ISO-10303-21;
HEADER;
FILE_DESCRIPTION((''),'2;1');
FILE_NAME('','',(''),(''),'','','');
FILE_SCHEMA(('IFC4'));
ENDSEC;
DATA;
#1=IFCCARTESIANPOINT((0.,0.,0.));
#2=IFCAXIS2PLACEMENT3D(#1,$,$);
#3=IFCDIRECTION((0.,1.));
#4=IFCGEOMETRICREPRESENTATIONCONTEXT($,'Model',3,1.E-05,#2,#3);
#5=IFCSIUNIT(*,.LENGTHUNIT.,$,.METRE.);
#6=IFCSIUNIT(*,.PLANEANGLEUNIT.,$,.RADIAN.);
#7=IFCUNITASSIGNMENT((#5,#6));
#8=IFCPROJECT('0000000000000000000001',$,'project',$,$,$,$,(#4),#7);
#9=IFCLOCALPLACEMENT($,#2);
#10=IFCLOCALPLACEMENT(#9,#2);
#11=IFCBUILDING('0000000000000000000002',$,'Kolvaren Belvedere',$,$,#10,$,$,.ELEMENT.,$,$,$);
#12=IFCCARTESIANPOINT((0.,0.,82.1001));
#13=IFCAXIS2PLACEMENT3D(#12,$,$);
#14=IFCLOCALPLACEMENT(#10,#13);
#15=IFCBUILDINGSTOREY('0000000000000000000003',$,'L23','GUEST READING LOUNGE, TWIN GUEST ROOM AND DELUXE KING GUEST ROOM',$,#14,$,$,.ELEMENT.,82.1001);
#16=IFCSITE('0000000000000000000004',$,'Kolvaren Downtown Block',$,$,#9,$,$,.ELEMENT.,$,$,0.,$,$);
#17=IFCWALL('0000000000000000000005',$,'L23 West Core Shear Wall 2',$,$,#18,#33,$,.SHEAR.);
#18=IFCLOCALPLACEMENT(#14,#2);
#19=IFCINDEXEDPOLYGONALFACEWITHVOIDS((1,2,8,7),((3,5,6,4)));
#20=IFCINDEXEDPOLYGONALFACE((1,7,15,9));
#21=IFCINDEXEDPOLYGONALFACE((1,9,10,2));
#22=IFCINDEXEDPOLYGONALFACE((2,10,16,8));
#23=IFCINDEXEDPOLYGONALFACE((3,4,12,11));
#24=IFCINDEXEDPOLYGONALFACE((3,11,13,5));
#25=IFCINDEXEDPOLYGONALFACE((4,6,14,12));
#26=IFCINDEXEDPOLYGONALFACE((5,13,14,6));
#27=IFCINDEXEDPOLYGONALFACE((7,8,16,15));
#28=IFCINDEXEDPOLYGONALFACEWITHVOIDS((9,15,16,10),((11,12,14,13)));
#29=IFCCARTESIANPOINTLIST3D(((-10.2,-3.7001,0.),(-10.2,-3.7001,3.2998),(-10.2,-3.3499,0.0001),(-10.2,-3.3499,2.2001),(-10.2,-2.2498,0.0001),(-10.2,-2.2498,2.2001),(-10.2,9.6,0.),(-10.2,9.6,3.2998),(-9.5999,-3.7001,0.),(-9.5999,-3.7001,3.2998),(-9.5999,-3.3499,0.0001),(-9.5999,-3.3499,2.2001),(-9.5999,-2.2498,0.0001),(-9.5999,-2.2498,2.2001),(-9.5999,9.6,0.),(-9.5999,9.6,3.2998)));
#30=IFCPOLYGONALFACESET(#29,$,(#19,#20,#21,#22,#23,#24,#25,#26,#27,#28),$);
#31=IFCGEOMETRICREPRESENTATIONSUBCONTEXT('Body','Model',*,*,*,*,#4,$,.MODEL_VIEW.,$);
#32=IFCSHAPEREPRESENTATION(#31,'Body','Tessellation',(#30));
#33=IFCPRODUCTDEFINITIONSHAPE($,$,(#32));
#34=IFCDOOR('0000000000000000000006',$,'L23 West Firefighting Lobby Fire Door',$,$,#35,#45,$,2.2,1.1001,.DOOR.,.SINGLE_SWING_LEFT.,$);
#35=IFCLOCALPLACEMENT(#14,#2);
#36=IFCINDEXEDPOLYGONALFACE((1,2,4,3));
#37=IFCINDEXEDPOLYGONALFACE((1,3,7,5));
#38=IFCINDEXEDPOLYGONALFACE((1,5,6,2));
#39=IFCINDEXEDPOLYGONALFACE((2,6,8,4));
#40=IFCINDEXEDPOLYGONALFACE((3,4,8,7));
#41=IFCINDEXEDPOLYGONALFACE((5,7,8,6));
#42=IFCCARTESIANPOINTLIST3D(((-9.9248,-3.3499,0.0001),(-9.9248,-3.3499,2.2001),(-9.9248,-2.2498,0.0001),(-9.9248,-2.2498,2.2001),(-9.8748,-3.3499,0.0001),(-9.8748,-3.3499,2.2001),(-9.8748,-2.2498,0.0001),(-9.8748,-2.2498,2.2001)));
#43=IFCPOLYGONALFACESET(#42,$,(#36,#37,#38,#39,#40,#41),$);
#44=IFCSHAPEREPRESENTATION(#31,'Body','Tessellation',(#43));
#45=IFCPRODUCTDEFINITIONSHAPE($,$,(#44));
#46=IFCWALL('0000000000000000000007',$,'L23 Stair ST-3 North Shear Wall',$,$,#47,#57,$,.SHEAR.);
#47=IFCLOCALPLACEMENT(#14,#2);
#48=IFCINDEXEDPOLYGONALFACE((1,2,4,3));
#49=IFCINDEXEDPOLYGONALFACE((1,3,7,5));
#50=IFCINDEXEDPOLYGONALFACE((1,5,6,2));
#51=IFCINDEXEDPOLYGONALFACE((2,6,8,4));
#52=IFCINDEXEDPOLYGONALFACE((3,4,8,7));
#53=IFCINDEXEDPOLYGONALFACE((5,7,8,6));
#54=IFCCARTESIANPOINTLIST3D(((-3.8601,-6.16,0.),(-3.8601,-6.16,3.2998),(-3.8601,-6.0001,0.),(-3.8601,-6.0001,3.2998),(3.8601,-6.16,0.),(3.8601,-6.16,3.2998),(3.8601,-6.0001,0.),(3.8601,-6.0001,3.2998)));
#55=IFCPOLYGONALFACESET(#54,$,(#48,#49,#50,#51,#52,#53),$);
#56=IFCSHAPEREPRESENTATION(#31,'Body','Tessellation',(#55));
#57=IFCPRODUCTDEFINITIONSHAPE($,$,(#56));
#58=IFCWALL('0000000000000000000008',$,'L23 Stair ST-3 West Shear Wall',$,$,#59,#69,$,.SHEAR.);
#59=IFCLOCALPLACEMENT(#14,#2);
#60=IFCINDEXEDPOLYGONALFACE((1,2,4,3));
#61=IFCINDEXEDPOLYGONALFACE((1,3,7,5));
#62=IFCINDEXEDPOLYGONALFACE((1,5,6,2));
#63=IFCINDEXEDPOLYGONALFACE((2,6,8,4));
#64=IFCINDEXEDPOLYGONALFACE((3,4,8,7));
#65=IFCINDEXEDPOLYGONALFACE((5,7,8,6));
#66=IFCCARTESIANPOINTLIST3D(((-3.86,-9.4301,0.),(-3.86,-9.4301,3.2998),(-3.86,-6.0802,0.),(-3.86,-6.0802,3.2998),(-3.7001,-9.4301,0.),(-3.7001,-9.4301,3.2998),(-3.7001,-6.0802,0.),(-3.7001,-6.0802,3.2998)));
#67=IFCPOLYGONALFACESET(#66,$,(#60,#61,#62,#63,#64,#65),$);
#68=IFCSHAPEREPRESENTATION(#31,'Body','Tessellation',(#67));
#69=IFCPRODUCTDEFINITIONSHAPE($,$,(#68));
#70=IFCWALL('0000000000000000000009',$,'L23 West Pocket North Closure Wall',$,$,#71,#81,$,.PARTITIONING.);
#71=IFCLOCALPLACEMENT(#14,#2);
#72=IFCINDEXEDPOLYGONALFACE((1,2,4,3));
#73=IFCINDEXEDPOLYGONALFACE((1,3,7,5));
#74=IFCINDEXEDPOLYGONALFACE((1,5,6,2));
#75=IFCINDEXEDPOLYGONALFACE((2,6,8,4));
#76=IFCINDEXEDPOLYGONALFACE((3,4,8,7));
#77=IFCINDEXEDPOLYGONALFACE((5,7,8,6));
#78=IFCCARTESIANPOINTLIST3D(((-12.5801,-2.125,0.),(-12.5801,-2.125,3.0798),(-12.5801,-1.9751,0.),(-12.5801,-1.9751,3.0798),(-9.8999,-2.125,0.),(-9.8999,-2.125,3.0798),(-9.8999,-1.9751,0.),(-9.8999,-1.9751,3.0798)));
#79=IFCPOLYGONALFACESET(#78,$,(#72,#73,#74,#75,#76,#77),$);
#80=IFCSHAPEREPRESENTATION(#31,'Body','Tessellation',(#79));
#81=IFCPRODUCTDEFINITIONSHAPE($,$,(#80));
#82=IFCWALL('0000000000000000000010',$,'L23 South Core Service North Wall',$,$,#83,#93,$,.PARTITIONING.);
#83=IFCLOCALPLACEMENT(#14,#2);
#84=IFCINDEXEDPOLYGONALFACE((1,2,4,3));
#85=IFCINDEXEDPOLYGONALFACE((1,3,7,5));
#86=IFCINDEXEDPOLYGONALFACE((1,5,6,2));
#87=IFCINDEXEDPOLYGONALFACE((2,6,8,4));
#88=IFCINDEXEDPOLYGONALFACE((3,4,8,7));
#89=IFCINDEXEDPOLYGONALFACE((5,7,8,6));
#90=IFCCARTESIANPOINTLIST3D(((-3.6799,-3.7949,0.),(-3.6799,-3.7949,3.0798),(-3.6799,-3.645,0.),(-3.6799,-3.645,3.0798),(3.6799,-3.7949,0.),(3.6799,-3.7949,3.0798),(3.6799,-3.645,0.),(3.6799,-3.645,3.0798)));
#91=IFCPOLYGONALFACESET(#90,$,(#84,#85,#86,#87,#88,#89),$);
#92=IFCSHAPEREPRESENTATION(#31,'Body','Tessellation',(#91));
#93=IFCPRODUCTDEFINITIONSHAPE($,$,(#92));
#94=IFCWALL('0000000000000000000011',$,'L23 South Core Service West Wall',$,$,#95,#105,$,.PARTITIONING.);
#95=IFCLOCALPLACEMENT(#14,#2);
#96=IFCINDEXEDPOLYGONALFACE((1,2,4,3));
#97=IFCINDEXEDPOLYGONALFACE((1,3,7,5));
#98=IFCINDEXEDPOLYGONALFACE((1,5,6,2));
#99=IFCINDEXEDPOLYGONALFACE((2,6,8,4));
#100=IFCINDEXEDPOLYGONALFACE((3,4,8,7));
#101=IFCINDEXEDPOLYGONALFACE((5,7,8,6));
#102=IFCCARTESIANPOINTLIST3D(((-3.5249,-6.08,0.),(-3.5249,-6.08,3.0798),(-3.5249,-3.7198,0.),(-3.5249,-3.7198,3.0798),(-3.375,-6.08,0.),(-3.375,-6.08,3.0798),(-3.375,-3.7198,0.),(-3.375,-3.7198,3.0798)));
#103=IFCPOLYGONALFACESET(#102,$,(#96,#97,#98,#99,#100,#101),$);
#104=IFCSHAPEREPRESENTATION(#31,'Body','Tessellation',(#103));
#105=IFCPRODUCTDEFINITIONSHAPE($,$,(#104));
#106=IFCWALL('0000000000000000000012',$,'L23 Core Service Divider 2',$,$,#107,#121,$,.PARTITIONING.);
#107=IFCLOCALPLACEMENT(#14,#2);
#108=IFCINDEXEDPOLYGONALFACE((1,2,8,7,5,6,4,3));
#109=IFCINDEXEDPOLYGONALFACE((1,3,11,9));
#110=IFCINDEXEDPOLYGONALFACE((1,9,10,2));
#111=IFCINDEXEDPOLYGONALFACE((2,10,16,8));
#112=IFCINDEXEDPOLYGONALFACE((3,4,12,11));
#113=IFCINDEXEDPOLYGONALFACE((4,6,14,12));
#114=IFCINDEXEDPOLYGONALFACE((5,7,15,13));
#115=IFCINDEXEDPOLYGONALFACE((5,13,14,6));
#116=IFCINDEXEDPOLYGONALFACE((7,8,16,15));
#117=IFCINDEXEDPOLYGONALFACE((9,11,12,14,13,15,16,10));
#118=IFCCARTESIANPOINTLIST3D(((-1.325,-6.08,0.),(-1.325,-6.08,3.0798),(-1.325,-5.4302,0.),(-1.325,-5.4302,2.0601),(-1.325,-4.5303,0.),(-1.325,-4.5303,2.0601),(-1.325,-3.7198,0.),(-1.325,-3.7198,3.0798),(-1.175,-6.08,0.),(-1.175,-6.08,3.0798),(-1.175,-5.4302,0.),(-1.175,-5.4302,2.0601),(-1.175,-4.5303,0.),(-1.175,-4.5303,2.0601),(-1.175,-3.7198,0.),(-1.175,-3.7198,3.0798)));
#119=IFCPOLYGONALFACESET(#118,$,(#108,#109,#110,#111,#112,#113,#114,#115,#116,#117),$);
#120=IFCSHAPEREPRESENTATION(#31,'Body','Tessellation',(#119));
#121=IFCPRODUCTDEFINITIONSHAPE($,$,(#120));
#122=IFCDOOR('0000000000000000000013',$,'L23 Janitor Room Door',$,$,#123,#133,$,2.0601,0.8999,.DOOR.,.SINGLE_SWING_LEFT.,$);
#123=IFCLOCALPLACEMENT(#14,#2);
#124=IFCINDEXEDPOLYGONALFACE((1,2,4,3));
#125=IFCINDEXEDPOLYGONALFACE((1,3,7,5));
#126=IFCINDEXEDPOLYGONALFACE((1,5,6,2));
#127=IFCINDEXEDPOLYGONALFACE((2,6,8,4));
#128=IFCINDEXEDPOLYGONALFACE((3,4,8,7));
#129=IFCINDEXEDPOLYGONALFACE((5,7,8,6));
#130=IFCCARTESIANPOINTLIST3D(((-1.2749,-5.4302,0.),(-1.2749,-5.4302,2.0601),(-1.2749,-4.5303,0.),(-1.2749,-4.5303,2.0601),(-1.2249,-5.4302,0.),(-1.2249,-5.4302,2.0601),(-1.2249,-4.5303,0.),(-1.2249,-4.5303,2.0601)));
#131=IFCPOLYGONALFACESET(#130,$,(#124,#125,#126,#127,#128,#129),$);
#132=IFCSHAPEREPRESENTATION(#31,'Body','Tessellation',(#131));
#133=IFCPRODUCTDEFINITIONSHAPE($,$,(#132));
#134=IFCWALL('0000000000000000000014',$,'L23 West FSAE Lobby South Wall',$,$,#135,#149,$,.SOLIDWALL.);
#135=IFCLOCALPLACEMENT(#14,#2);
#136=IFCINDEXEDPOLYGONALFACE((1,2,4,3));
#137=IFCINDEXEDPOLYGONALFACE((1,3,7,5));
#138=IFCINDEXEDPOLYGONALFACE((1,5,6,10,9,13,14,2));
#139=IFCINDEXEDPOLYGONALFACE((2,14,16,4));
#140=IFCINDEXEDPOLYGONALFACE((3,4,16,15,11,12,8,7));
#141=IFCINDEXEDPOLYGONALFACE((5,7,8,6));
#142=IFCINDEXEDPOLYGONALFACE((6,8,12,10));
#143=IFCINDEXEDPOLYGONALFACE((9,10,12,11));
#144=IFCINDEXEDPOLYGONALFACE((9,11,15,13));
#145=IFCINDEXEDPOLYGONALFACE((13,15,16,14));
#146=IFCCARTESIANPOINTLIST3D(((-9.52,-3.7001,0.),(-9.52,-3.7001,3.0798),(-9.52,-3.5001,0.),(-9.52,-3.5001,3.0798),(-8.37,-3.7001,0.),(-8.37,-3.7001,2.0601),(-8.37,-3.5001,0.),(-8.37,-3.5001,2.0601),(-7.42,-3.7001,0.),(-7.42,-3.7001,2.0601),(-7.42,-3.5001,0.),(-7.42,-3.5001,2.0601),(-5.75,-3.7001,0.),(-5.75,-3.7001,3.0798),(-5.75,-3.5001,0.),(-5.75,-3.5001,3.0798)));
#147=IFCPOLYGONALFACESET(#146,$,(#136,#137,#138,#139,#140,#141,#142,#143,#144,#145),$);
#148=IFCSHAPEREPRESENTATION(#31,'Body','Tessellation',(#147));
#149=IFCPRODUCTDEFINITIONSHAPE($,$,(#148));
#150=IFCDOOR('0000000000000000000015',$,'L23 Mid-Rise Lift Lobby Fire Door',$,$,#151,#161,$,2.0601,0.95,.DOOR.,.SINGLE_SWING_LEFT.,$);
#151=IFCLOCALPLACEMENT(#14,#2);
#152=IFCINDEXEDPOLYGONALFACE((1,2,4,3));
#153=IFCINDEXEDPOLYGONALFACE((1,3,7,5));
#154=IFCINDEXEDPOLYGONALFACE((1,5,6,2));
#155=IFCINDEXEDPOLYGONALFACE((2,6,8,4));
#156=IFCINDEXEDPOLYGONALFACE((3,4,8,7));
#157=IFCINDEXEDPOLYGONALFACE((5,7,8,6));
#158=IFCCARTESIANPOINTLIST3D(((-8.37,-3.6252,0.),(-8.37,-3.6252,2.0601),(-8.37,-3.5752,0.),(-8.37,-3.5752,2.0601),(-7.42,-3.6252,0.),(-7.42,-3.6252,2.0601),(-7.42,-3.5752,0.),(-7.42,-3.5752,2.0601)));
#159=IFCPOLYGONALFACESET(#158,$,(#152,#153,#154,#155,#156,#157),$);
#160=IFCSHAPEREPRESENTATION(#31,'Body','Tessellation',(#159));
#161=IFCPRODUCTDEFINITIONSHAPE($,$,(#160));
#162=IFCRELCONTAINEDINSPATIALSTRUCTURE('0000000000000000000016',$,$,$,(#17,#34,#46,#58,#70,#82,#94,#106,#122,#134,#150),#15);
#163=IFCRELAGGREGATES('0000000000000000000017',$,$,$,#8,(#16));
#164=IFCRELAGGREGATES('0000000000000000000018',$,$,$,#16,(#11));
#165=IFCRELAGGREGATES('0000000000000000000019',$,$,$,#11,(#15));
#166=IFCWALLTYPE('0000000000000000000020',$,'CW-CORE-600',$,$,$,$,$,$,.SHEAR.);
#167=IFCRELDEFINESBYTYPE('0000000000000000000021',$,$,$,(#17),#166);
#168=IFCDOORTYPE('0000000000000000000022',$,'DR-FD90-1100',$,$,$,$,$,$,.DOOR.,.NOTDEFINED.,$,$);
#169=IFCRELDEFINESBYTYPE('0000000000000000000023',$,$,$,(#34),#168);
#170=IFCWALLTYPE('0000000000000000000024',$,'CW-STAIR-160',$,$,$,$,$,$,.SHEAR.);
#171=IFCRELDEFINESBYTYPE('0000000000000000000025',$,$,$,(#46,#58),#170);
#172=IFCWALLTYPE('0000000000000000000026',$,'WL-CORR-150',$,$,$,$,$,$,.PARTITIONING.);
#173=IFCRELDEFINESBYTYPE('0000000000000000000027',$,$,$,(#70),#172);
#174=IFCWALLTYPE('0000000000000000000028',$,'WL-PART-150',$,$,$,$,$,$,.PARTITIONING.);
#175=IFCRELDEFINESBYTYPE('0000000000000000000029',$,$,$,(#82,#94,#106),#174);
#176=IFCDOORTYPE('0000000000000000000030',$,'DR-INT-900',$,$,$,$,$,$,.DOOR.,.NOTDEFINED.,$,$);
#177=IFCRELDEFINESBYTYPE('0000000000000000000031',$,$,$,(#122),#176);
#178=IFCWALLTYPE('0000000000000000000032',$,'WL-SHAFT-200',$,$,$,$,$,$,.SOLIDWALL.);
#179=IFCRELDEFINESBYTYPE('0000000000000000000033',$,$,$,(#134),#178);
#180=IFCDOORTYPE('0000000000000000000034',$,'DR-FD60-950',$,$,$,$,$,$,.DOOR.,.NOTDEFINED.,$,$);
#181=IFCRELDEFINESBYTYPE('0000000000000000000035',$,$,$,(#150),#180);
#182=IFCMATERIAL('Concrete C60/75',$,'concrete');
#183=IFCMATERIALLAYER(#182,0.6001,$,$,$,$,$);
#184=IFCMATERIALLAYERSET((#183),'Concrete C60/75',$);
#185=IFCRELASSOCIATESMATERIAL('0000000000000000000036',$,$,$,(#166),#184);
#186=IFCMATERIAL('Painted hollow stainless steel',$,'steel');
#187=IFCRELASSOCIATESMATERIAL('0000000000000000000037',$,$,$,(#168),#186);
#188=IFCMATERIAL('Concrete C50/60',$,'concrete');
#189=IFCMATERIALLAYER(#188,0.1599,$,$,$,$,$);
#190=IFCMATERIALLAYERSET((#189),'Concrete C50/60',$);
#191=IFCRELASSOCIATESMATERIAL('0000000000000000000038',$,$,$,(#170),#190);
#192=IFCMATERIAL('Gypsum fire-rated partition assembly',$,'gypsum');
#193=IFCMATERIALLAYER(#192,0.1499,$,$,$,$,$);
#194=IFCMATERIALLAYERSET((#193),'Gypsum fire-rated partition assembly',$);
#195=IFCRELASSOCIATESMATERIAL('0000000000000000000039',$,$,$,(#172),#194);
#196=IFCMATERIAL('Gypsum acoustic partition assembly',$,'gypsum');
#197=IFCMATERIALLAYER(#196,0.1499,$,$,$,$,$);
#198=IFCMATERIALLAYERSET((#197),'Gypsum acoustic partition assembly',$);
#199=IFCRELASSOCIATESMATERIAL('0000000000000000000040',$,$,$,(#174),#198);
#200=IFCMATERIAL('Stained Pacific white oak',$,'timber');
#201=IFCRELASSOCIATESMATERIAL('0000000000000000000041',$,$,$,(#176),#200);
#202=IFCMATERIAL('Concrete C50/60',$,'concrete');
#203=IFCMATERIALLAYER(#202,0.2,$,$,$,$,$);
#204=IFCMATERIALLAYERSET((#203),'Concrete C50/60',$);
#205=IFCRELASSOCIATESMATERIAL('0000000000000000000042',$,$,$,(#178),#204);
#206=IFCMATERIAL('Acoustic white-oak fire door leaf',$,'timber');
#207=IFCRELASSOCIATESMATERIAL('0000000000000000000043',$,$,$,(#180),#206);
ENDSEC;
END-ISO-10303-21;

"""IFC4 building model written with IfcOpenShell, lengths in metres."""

from ifc_helpers import new_model, si_unit, direction, frame, frame_2d, origin, place, context, subcontext, project, spatial, rectangle, extrude, material, layer, layer_set, type_object, element, fill, save


model = new_model("IFC4")

# Units and contexts
model_context = context("Model", 3, precision=1e-05, world=origin(), true_north=direction((0.0, 1.0)))
body_context = subcontext(model_context, "Body", "Model", "MODEL_VIEW")
ifc_project = project(units=[si_unit("LENGTHUNIT", "METRE"), si_unit("PLANEANGLEUNIT", "RADIAN")], contexts=[model_context])

# Site, building, storey
site_placement = place(None, origin())
site = spatial("IfcSite", under=ifc_project, at=site_placement, Name="Kolvaren Downtown Block", CompositionType="ELEMENT", RefElevation=0.0)
building_placement = place(site_placement, origin())
building = spatial("IfcBuilding", under=site, at=building_placement, Name="Kolvaren Belvedere", CompositionType="ELEMENT")
storey_placement = place(building_placement, frame((0.0, 0.0, 82.1001)))
storey = spatial("IfcBuildingStorey", under=building, at=storey_placement, Name="L23", Description="GUEST READING LOUNGE, TWIN GUEST ROOM AND DELUXE KING GUEST ROOM", CompositionType="ELEMENT", Elevation=82.1001)

# Wall, opening, door
ifc_material_1 = material(Name="Concrete C60/75", Category="concrete")
ifc_layer_1 = layer(ifc_material_1, 0.6001)
ifc_layer_set_1 = layer_set([ifc_layer_1], Name="Concrete C60/75")
wall_type_1 = type_object("IfcWallType", Name="CW-CORE-600", PredefinedType="SHEAR", material=ifc_layer_set_1)
wall_1_placement = place(storey_placement, frame((-9.8999, -3.7, 0.0), z_axis=(0.0, 0.0, 1.0), x_axis=(0.0, 1.0, 0.0)))
wall_1 = element("IfcWall", 1, at=wall_1_placement, inside=storey, type_object=wall_type_1, Name="L23 West Core Shear Wall 2", PredefinedType="SHEAR", context=body_context, shape_type="SweptSolid", body=[
    extrude(rectangle(XDim=13.3, YDim=0.6001, at=frame_2d((6.6499, 0.0))), origin(), (0.0, 0.0, 1.0), 3.2998),
])
opening_1_placement = place(wall_1_placement, frame((0.3501, 0.0, 0.0)))
opening_1 = element("IfcOpeningElement", 2, at=opening_1_placement, cuts=wall_1, PredefinedType="OPENING", context=body_context, shape_type="SweptSolid", body=[
    extrude(rectangle(XDim=1.1001, YDim=2.2, at=frame_2d((0.55, 1.1001))), frame((0.0, 0.3101, 0.0), z_axis=(0.0, -1.0, 0.0), x_axis=(1.0, 0.0, 0.0)), (0.0, 0.0, 1.0), 0.6201),
])
ifc_material_2 = material(Name="Painted hollow stainless steel", Category="steel")
door_type_1 = type_object("IfcDoorType", Name="DR-FD90-1100", OperationType="NOTDEFINED", PredefinedType="DOOR", material=ifc_material_2)
door_1_placement = place(opening_1_placement, origin())
door_1 = element("IfcDoor", 3, at=door_1_placement, inside=storey, type_object=door_type_1, Name="L23 West Firefighting Lobby Fire Door", OperationType="SINGLE_SWING_LEFT", OverallHeight=2.2, OverallWidth=1.1001, PredefinedType="DOOR", context=body_context, shape_type="SweptSolid", body=[
    extrude(rectangle(XDim=1.1001, YDim=2.2, at=frame_2d((0.55, 1.1001))), frame((0.0, 0.0249, 0.0), z_axis=(0.0, -1.0, 0.0), x_axis=(1.0, 0.0, 0.0)), (0.0, 0.0, 1.0), 0.05),
])
fill(opening_1, door_1)

# Walls
ifc_material_3 = material(Name="Concrete C50/60", Category="concrete")
ifc_layer_2 = layer(ifc_material_3, 0.1599)
ifc_layer_set_2 = layer_set([ifc_layer_2], Name="Concrete C50/60")
wall_type_2 = type_object("IfcWallType", Name="CW-STAIR-160", PredefinedType="SHEAR", material=ifc_layer_set_2)
wall_2_placement = place(storey_placement, frame((-3.8601, -6.0801, 0.0), z_axis=(0.0, 0.0, 1.0), x_axis=(1.0, 0.0, 0.0)))
element("IfcWall", 4, at=wall_2_placement, inside=storey, type_object=wall_type_2, Name="L23 Stair ST-3 North Shear Wall", PredefinedType="SHEAR", context=body_context, shape_type="SweptSolid", body=[
    extrude(rectangle(XDim=7.7202, YDim=0.1599, at=frame_2d((3.8601, 0.0))), origin(), (0.0, 0.0, 1.0), 3.2998),
])
wall_3_placement = place(storey_placement, frame((-3.78, -9.4299, 0.0), z_axis=(0.0, 0.0, 1.0), x_axis=(0.0, 1.0, 0.0)))
element("IfcWall", 5, at=wall_3_placement, inside=storey, type_object=wall_type_2, Name="L23 Stair ST-3 West Shear Wall", PredefinedType="SHEAR", context=body_context, shape_type="SweptSolid", body=[
    extrude(rectangle(XDim=3.3499, YDim=0.1599, at=frame_2d((1.6748, 0.0))), origin(), (0.0, 0.0, 1.0), 3.2998),
])
ifc_material_4 = material(Name="Gypsum fire-rated partition assembly", Category="gypsum")
ifc_layer_3 = layer(ifc_material_4, 0.1499)
ifc_layer_set_3 = layer_set([ifc_layer_3], Name="Gypsum fire-rated partition assembly")
wall_type_3 = type_object("IfcWallType", Name="WL-CORR-150", PredefinedType="PARTITIONING", material=ifc_layer_set_3)
wall_4_placement = place(storey_placement, frame((-12.5801, -2.05, 0.0), z_axis=(0.0, 0.0, 1.0), x_axis=(1.0, 0.0, 0.0)))
element("IfcWall", 6, at=wall_4_placement, inside=storey, type_object=wall_type_3, Name="L23 West Pocket North Closure Wall", PredefinedType="PARTITIONING", context=body_context, shape_type="SweptSolid", body=[
    extrude(rectangle(XDim=2.6802, YDim=0.1499, at=frame_2d((1.3401, 0.0))), origin(), (0.0, 0.0, 1.0), 3.0798),
])
ifc_material_5 = material(Name="Gypsum acoustic partition assembly", Category="gypsum")
ifc_layer_4 = layer(ifc_material_5, 0.1499)
ifc_layer_set_4 = layer_set([ifc_layer_4], Name="Gypsum acoustic partition assembly")
wall_type_4 = type_object("IfcWallType", Name="WL-PART-150", PredefinedType="PARTITIONING", material=ifc_layer_set_4)
wall_5_placement = place(storey_placement, frame((-3.6799, -3.72, 0.0), z_axis=(0.0, 0.0, 1.0), x_axis=(1.0, 0.0, 0.0)))
element("IfcWall", 7, at=wall_5_placement, inside=storey, type_object=wall_type_4, Name="L23 South Core Service North Wall", PredefinedType="PARTITIONING", context=body_context, shape_type="SweptSolid", body=[
    extrude(rectangle(XDim=7.3599, YDim=0.1499, at=frame_2d((3.6799, 0.0))), origin(), (0.0, 0.0, 1.0), 3.0798),
])
wall_6_placement = place(storey_placement, frame((-3.45, -6.0801, 0.0), z_axis=(0.0, 0.0, 1.0), x_axis=(0.0, 1.0, 0.0)))
element("IfcWall", 8, at=wall_6_placement, inside=storey, type_object=wall_type_4, Name="L23 South Core Service West Wall", PredefinedType="PARTITIONING", context=body_context, shape_type="SweptSolid", body=[
    extrude(rectangle(XDim=2.3601, YDim=0.1499, at=frame_2d((1.1802, 0.0))), origin(), (0.0, 0.0, 1.0), 3.0798),
])

# Walls, openings, doors
wall_7_placement = place(storey_placement, frame((-1.25, -6.0801, 0.0), z_axis=(0.0, 0.0, 1.0), x_axis=(0.0, 1.0, 0.0)))
wall_7 = element("IfcWall", 9, at=wall_7_placement, inside=storey, type_object=wall_type_4, Name="L23 Core Service Divider 2", PredefinedType="PARTITIONING", context=body_context, shape_type="SweptSolid", body=[
    extrude(rectangle(XDim=2.3601, YDim=0.1499, at=frame_2d((1.1802, 0.0))), origin(), (0.0, 0.0, 1.0), 3.0798),
])
opening_2_placement = place(wall_7_placement, frame((0.6499, 0.0, 0.0)))
opening_2 = element("IfcOpeningElement", 10, at=opening_2_placement, cuts=wall_7, PredefinedType="OPENING", context=body_context, shape_type="SweptSolid", body=[
    extrude(rectangle(XDim=0.8999, YDim=2.0601, at=frame_2d((0.45, 1.03))), frame((0.0, 0.085, 0.0), z_axis=(0.0, -1.0, 0.0), x_axis=(1.0, 0.0, 0.0)), (0.0, 0.0, 1.0), 0.1699),
])
ifc_material_6 = material(Name="Stained Pacific white oak", Category="timber")
door_type_2 = type_object("IfcDoorType", Name="DR-INT-900", OperationType="NOTDEFINED", PredefinedType="DOOR", material=ifc_material_6)
door_2_placement = place(opening_2_placement, origin())
door_2 = element("IfcDoor", 11, at=door_2_placement, inside=storey, type_object=door_type_2, Name="L23 Janitor Room Door", OperationType="SINGLE_SWING_LEFT", OverallHeight=2.0601, OverallWidth=0.8999, PredefinedType="DOOR", context=body_context, shape_type="SweptSolid", body=[
    extrude(rectangle(XDim=0.8999, YDim=2.0601, at=frame_2d((0.45, 1.03))), frame((0.0, 0.0249, 0.0), z_axis=(0.0, -1.0, 0.0), x_axis=(1.0, 0.0, 0.0)), (0.0, 0.0, 1.0), 0.05),
])
fill(opening_2, door_2)
ifc_material_7 = material(Name="Concrete C50/60", Category="concrete")
ifc_layer_5 = layer(ifc_material_7, 0.2)
ifc_layer_set_5 = layer_set([ifc_layer_5], Name="Concrete C50/60")
wall_type_5 = type_object("IfcWallType", Name="WL-SHAFT-200", PredefinedType="SOLIDWALL", material=ifc_layer_set_5)
wall_8_placement = place(storey_placement, frame((-9.52, -3.6001, 0.0), z_axis=(0.0, 0.0, 1.0), x_axis=(1.0, 0.0, 0.0)))
wall_8 = element("IfcWall", 12, at=wall_8_placement, inside=storey, type_object=wall_type_5, Name="L23 West FSAE Lobby South Wall", PredefinedType="SOLIDWALL", context=body_context, shape_type="SweptSolid", body=[
    extrude(rectangle(XDim=3.77, YDim=0.2, at=frame_2d((1.885, 0.0))), origin(), (0.0, 0.0, 1.0), 3.0798),
])
opening_3_placement = place(wall_8_placement, frame((1.1499, 0.0, 0.0)))
opening_3 = element("IfcOpeningElement", 13, at=opening_3_placement, cuts=wall_8, PredefinedType="OPENING", context=body_context, shape_type="SweptSolid", body=[
    extrude(rectangle(XDim=0.95, YDim=2.0601, at=frame_2d((0.4751, 1.03))), frame((0.0, 0.1099, 0.0), z_axis=(0.0, -1.0, 0.0), x_axis=(1.0, 0.0, 0.0)), (0.0, 0.0, 1.0), 0.22),
])
ifc_material_8 = material(Name="Acoustic white-oak fire door leaf", Category="timber")
door_type_3 = type_object("IfcDoorType", Name="DR-FD60-950", OperationType="NOTDEFINED", PredefinedType="DOOR", material=ifc_material_8)
door_3_placement = place(opening_3_placement, origin())
door_3 = element("IfcDoor", 14, at=door_3_placement, inside=storey, type_object=door_type_3, Name="L23 Mid-Rise Lift Lobby Fire Door", OperationType="SINGLE_SWING_LEFT", OverallHeight=2.0601, OverallWidth=0.95, PredefinedType="DOOR", context=body_context, shape_type="SweptSolid", body=[
    extrude(rectangle(XDim=0.95, YDim=2.0601, at=frame_2d((0.4751, 1.03))), frame((0.0, 0.0249, 0.0), z_axis=(0.0, -1.0, 0.0), x_axis=(1.0, 0.0, 0.0)), (0.0, 0.0, 1.0), 0.05),
])
fill(opening_3, door_3)

save(model, "model.ifc")
